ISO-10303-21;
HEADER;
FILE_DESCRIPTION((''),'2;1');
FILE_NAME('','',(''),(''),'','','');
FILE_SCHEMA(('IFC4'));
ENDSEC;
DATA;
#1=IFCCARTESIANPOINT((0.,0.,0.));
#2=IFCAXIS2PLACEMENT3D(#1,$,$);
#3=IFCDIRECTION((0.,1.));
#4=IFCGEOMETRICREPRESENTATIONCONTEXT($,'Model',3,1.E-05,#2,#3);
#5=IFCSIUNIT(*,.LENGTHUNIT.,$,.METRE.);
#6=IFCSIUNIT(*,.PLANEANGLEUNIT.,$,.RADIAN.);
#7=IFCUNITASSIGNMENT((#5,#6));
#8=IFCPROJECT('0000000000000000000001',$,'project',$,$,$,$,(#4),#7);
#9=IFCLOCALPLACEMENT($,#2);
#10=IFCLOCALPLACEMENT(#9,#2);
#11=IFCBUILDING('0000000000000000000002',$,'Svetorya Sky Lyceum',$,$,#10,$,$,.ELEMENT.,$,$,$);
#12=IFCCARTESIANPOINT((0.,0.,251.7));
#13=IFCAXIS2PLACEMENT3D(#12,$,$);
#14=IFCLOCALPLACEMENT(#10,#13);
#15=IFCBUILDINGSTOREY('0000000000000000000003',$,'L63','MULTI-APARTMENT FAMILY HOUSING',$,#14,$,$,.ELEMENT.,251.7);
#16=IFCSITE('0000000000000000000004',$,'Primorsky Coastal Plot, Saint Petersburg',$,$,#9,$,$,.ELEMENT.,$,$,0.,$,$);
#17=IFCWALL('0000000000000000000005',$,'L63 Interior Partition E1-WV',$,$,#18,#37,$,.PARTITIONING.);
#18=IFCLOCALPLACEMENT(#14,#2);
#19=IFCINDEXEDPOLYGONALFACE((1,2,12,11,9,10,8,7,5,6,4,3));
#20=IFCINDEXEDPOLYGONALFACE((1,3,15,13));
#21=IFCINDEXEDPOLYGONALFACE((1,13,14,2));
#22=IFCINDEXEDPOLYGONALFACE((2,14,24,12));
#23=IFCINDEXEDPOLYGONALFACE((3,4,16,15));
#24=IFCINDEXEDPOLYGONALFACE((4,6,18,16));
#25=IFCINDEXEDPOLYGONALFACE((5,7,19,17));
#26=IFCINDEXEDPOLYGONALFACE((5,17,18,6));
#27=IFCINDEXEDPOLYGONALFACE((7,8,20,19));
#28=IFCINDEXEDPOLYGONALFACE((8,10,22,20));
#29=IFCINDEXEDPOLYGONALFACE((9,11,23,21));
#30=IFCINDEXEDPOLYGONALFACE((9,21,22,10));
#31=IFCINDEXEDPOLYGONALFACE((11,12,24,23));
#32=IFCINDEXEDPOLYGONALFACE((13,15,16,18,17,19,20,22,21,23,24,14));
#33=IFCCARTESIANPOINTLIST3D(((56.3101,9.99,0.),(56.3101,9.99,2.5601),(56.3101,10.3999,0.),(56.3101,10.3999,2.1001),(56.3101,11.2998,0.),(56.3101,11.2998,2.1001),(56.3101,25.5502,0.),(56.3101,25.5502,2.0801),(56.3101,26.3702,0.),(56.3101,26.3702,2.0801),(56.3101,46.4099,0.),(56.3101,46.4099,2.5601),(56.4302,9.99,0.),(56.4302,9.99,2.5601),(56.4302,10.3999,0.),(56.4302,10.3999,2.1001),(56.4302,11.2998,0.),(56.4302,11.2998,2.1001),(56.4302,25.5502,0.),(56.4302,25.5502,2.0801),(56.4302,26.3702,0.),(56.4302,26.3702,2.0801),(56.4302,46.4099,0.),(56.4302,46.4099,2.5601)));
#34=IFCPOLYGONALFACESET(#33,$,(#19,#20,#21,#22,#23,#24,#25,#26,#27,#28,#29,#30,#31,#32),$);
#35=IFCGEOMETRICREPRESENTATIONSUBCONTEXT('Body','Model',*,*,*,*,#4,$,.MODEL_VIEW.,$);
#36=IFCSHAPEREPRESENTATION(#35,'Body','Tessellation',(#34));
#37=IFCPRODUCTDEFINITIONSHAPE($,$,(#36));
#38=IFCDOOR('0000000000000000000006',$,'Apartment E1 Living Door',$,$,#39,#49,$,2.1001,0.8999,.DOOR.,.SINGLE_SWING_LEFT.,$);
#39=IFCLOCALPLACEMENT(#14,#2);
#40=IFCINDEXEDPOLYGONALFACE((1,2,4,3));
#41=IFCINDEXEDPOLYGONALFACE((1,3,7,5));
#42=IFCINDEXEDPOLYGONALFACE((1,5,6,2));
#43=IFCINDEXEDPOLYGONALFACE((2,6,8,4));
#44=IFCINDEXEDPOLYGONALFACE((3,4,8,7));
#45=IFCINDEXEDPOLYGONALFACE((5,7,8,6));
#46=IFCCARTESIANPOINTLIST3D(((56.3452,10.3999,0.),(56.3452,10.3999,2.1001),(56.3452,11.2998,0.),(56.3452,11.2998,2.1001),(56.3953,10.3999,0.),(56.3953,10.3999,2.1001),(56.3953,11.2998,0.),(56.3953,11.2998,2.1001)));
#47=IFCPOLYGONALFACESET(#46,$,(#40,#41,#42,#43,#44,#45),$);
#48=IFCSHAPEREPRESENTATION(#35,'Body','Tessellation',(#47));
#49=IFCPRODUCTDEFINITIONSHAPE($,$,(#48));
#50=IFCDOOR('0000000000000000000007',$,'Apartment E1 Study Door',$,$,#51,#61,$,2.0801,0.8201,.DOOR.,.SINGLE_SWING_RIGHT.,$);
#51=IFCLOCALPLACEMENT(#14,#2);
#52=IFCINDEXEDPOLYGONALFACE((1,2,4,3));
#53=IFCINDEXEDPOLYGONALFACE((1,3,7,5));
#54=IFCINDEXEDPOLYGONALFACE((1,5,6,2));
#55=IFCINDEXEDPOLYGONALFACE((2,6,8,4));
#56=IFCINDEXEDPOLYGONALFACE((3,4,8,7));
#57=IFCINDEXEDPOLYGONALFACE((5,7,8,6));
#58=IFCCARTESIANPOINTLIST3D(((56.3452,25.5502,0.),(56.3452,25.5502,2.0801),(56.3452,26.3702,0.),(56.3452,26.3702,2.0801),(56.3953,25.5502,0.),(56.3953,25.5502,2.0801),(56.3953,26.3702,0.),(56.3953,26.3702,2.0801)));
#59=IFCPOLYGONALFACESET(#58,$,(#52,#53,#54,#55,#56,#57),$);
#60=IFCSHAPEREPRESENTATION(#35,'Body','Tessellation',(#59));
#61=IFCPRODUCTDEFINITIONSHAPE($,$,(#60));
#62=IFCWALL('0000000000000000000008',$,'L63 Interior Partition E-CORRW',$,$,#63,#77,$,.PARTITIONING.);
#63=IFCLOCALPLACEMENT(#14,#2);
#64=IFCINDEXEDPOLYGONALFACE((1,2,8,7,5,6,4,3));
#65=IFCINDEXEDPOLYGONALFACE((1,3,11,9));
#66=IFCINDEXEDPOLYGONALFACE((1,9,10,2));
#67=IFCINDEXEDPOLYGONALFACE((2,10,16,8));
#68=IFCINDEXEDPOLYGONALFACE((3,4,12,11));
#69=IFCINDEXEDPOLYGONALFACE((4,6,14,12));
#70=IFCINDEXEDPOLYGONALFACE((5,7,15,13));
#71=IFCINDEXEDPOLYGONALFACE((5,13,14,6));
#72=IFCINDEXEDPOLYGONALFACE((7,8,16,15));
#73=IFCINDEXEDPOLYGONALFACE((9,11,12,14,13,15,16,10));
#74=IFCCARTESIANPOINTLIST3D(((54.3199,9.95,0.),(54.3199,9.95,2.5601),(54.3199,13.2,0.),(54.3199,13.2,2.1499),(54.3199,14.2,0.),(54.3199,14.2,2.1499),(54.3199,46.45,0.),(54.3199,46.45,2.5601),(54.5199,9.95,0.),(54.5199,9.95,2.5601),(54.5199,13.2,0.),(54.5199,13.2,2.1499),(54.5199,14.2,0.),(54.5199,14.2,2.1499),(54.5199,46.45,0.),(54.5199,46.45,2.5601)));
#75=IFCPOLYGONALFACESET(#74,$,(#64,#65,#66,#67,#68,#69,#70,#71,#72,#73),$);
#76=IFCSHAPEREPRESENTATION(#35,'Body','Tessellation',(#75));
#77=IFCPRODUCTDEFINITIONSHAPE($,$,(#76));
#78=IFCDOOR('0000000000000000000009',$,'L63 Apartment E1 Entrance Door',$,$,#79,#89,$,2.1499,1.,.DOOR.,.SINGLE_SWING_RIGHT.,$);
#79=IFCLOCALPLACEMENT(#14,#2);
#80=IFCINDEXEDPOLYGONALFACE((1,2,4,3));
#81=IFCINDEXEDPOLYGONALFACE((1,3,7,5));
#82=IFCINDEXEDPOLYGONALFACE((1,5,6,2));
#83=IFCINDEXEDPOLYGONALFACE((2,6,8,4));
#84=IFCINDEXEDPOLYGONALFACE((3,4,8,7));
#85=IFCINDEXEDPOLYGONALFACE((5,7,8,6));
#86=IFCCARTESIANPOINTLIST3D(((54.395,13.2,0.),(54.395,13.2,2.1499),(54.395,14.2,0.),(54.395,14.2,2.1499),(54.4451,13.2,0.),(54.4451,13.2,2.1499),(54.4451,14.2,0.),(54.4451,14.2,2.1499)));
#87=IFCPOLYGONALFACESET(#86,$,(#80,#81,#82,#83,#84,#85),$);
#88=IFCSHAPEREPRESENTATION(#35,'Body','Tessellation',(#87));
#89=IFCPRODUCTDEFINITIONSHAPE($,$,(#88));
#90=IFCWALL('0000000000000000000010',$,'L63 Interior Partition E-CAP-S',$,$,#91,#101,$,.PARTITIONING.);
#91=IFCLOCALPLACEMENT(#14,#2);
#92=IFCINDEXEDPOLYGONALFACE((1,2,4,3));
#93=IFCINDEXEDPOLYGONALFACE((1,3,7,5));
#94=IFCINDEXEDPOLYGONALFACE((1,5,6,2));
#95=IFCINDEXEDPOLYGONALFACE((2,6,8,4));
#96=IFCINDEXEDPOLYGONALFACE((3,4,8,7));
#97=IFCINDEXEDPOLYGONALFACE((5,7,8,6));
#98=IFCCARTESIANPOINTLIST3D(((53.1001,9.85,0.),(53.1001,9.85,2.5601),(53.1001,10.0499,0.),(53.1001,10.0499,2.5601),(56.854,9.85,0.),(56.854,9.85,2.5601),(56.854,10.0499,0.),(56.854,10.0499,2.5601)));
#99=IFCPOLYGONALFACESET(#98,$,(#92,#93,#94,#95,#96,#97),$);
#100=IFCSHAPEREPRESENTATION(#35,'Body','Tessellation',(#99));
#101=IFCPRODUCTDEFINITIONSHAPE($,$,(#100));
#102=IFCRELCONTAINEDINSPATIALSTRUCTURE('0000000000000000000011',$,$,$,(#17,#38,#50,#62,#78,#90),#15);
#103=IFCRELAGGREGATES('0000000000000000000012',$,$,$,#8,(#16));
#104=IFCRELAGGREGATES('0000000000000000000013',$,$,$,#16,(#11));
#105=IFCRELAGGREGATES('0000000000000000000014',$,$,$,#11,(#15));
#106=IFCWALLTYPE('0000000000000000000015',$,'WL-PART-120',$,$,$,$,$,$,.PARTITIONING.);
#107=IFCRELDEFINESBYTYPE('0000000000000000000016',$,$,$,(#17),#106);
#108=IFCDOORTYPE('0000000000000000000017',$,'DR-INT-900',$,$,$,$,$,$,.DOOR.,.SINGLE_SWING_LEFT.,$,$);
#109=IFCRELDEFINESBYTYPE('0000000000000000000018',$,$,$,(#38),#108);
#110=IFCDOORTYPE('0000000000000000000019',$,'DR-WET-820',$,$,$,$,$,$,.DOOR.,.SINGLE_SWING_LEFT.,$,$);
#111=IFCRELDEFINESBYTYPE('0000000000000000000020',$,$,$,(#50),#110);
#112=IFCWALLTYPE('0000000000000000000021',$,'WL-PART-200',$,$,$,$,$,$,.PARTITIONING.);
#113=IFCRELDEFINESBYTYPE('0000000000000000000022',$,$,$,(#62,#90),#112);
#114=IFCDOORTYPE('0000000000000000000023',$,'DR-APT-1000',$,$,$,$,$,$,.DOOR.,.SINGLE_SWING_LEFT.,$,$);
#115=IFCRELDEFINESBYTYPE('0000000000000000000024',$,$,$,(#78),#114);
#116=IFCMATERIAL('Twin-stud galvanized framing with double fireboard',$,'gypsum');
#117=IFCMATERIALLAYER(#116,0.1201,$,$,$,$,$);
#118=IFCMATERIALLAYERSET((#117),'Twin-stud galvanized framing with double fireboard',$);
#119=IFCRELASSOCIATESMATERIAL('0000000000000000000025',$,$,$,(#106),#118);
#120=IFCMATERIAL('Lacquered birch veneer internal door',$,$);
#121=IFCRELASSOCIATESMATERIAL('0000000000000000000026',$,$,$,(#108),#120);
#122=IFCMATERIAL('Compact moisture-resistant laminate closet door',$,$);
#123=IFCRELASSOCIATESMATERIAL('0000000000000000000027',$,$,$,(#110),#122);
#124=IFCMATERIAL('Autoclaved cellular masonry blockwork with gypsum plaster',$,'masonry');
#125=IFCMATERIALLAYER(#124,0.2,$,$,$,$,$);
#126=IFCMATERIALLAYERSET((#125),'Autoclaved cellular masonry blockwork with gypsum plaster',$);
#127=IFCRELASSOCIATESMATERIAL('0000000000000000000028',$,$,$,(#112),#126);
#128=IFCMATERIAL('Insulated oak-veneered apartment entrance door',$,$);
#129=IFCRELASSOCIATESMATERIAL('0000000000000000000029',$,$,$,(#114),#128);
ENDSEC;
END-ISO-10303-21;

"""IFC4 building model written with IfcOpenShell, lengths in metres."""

from ifc_helpers import new_model, si_unit, direction, frame, frame_2d, origin, place, context, subcontext, project, spatial, rectangle, extrude, material, layer, layer_set, type_object, element, fill, save


model = new_model("IFC4")

# Units and contexts
model_context = context("Model", 3, precision=1e-05, world=origin(), true_north=direction((0.0, 1.0)))
body_context = subcontext(model_context, "Body", "Model", "MODEL_VIEW")
ifc_project = project(units=[si_unit("LENGTHUNIT", "METRE"), si_unit("PLANEANGLEUNIT", "RADIAN")], contexts=[model_context])

# Site, building, storey
site_placement = place(None, origin())
site = spatial("IfcSite", under=ifc_project, at=site_placement, Name="Primorsky Coastal Plot, Saint Petersburg", CompositionType="ELEMENT", RefElevation=0.0)
building_placement = place(site_placement, origin())
building = spatial("IfcBuilding", under=site, at=building_placement, Name="Svetorya Sky Lyceum", CompositionType="ELEMENT")
storey_placement = place(building_placement, frame((0.0, 0.0, 251.7)))
storey = spatial("IfcBuildingStorey", under=building, at=storey_placement, Name="L63", Description="MULTI-APARTMENT FAMILY HOUSING", CompositionType="ELEMENT", Elevation=251.7)

# Shared definitions
ifc_material_1 = material(Name="Twin-stud galvanized framing with double fireboard", Category="gypsum")
ifc_layer_1 = layer(ifc_material_1, 0.1201)
ifc_layer_set_1 = layer_set([ifc_layer_1], Name="Twin-stud galvanized framing with double fireboard")
wall_type_1 = type_object("IfcWallType", Name="WL-PART-120", PredefinedType="PARTITIONING", material=ifc_layer_set_1)

# Wall, openings, doors
wall_1_placement = place(storey_placement, frame((56.3701, 9.99, 0.0), z_axis=(0.0, 0.0, 1.0), x_axis=(0.0, 1.0, 0.0)))
wall_1 = element("IfcWall", 1, at=wall_1_placement, inside=storey, type_object=wall_type_1, Name="L63 Interior Partition E1-WV", PredefinedType="PARTITIONING", context=body_context, shape_type="SweptSolid", body=[
    extrude(rectangle(XDim=36.4199, YDim=0.1201, at=frame_2d((18.21, 0.0))), origin(), (0.0, 0.0, 1.0), 2.5601),
])
opening_1_placement = place(wall_1_placement, frame((0.4099, 0.0, 0.0)))
opening_1 = element("IfcOpeningElement", 2, at=opening_1_placement, cuts=wall_1, PredefinedType="OPENING", context=body_context, shape_type="SweptSolid", body=[
    extrude(rectangle(XDim=0.8999, YDim=2.1001, at=frame_2d((0.45, 1.05))), frame((0.0, 0.0701, 0.0), z_axis=(0.0, -1.0, 0.0), x_axis=(1.0, 0.0, 0.0)), (0.0, 0.0, 1.0), 0.1401),
])
opening_2_placement = place(wall_1_placement, frame((15.5601, 0.0, 0.0)))
opening_2 = element("IfcOpeningElement", 3, at=opening_2_placement, cuts=wall_1, PredefinedType="OPENING", context=body_context, shape_type="SweptSolid", body=[
    extrude(rectangle(XDim=0.8201, YDim=2.0801, at=frame_2d((0.4102, 1.04))), frame((0.0, 0.0701, 0.0), z_axis=(0.0, -1.0, 0.0), x_axis=(1.0, 0.0, 0.0)), (0.0, 0.0, 1.0), 0.1401),
])
ifc_material_2 = material(Name="Lacquered birch veneer internal door")
door_type_1 = type_object("IfcDoorType", Name="DR-INT-900", OperationType="SINGLE_SWING_LEFT", PredefinedType="DOOR", material=ifc_material_2)
door_1_placement = place(opening_1_placement, origin())
door_1 = element("IfcDoor", 4, at=door_1_placement, inside=storey, type_object=door_type_1, Name="Apartment E1 Living Door", OperationType="SINGLE_SWING_LEFT", OverallHeight=2.1001, OverallWidth=0.8999, PredefinedType="DOOR", context=body_context, shape_type="SweptSolid", body=[
    extrude(rectangle(XDim=0.8999, YDim=2.1001, at=frame_2d((0.45, 1.05))), frame((0.0, 0.0249, 0.0), z_axis=(0.0, -1.0, 0.0), x_axis=(1.0, 0.0, 0.0)), (0.0, 0.0, 1.0), 0.05),
])
fill(opening_1, door_1)
ifc_material_3 = material(Name="Compact moisture-resistant laminate closet door")
door_type_2 = type_object("IfcDoorType", Name="DR-WET-820", OperationType="SINGLE_SWING_LEFT", PredefinedType="DOOR", material=ifc_material_3)
door_2_placement = place(opening_2_placement, origin())
door_2 = element("IfcDoor", 5, at=door_2_placement, inside=storey, type_object=door_type_2, Name="Apartment E1 Study Door", OperationType="SINGLE_SWING_RIGHT", OverallHeight=2.0801, OverallWidth=0.8201, PredefinedType="DOOR", context=body_context, shape_type="SweptSolid", body=[
    extrude(rectangle(XDim=0.8201, YDim=2.0801, at=frame_2d((0.4102, 1.04))), frame((0.0, 0.0249, 0.0), z_axis=(0.0, -1.0, 0.0), x_axis=(1.0, 0.0, 0.0)), (0.0, 0.0, 1.0), 0.05),
])
fill(opening_2, door_2)

# Wall, opening, door
ifc_material_4 = material(Name="Autoclaved cellular masonry blockwork with gypsum plaster", Category="masonry")
ifc_layer_2 = layer(ifc_material_4, 0.2)
ifc_layer_set_2 = layer_set([ifc_layer_2], Name="Autoclaved cellular masonry blockwork with gypsum plaster")
wall_type_2 = type_object("IfcWallType", Name="WL-PART-200", PredefinedType="PARTITIONING", material=ifc_layer_set_2)
wall_2_placement = place(storey_placement, frame((54.4199, 9.95, 0.0), z_axis=(0.0, 0.0, 1.0), x_axis=(0.0, 1.0, 0.0)))
wall_2 = element("IfcWall", 6, at=wall_2_placement, inside=storey, type_object=wall_type_2, Name="L63 Interior Partition E-CORRW", PredefinedType="PARTITIONING", context=body_context, shape_type="SweptSolid", body=[
    extrude(rectangle(XDim=36.5, YDim=0.2, at=frame_2d((18.25, 0.0))), origin(), (0.0, 0.0, 1.0), 2.5601),
])
opening_3_placement = place(wall_2_placement, frame((3.25, 0.0, 0.0)))
opening_3 = element("IfcOpeningElement", 7, at=opening_3_placement, cuts=wall_2, PredefinedType="OPENING", context=body_context, shape_type="SweptSolid", body=[
    extrude(rectangle(XDim=1.0, YDim=2.1499, at=frame_2d((0.5, 1.075))), frame((0.0, 0.1099, 0.0), z_axis=(0.0, -1.0, 0.0), x_axis=(1.0, 0.0, 0.0)), (0.0, 0.0, 1.0), 0.22),
])
ifc_material_5 = material(Name="Insulated oak-veneered apartment entrance door")
door_type_3 = type_object("IfcDoorType", Name="DR-APT-1000", OperationType="SINGLE_SWING_LEFT", PredefinedType="DOOR", material=ifc_material_5)
door_3_placement = place(opening_3_placement, origin())
door_3 = element("IfcDoor", 8, at=door_3_placement, inside=storey, type_object=door_type_3, Name="L63 Apartment E1 Entrance Door", OperationType="SINGLE_SWING_RIGHT", OverallHeight=2.1499, OverallWidth=1.0, PredefinedType="DOOR", context=body_context, shape_type="SweptSolid", body=[
    extrude(rectangle(XDim=1.0, YDim=2.1499, at=frame_2d((0.5, 1.075))), frame((0.0, 0.0249, 0.0), z_axis=(0.0, -1.0, 0.0), x_axis=(1.0, 0.0, 0.0)), (0.0, 0.0, 1.0), 0.05),
])
fill(opening_3, door_3)

# Wall
wall_3_placement = place(storey_placement, frame((53.1001, 9.95, 0.0), z_axis=(0.0, 0.0, 1.0), x_axis=(1.0, 0.0, 0.0)))
element("IfcWall", 9, at=wall_3_placement, inside=storey, type_object=wall_type_2, Name="L63 Interior Partition E-CAP-S", PredefinedType="PARTITIONING", context=body_context, shape_type="SweptSolid", body=[
    extrude(rectangle(XDim=3.7539, YDim=0.2, at=frame_2d((1.877, 0.0))), origin(), (0.0, 0.0, 1.0), 2.5601),
])

save(model, "model.ifc")
